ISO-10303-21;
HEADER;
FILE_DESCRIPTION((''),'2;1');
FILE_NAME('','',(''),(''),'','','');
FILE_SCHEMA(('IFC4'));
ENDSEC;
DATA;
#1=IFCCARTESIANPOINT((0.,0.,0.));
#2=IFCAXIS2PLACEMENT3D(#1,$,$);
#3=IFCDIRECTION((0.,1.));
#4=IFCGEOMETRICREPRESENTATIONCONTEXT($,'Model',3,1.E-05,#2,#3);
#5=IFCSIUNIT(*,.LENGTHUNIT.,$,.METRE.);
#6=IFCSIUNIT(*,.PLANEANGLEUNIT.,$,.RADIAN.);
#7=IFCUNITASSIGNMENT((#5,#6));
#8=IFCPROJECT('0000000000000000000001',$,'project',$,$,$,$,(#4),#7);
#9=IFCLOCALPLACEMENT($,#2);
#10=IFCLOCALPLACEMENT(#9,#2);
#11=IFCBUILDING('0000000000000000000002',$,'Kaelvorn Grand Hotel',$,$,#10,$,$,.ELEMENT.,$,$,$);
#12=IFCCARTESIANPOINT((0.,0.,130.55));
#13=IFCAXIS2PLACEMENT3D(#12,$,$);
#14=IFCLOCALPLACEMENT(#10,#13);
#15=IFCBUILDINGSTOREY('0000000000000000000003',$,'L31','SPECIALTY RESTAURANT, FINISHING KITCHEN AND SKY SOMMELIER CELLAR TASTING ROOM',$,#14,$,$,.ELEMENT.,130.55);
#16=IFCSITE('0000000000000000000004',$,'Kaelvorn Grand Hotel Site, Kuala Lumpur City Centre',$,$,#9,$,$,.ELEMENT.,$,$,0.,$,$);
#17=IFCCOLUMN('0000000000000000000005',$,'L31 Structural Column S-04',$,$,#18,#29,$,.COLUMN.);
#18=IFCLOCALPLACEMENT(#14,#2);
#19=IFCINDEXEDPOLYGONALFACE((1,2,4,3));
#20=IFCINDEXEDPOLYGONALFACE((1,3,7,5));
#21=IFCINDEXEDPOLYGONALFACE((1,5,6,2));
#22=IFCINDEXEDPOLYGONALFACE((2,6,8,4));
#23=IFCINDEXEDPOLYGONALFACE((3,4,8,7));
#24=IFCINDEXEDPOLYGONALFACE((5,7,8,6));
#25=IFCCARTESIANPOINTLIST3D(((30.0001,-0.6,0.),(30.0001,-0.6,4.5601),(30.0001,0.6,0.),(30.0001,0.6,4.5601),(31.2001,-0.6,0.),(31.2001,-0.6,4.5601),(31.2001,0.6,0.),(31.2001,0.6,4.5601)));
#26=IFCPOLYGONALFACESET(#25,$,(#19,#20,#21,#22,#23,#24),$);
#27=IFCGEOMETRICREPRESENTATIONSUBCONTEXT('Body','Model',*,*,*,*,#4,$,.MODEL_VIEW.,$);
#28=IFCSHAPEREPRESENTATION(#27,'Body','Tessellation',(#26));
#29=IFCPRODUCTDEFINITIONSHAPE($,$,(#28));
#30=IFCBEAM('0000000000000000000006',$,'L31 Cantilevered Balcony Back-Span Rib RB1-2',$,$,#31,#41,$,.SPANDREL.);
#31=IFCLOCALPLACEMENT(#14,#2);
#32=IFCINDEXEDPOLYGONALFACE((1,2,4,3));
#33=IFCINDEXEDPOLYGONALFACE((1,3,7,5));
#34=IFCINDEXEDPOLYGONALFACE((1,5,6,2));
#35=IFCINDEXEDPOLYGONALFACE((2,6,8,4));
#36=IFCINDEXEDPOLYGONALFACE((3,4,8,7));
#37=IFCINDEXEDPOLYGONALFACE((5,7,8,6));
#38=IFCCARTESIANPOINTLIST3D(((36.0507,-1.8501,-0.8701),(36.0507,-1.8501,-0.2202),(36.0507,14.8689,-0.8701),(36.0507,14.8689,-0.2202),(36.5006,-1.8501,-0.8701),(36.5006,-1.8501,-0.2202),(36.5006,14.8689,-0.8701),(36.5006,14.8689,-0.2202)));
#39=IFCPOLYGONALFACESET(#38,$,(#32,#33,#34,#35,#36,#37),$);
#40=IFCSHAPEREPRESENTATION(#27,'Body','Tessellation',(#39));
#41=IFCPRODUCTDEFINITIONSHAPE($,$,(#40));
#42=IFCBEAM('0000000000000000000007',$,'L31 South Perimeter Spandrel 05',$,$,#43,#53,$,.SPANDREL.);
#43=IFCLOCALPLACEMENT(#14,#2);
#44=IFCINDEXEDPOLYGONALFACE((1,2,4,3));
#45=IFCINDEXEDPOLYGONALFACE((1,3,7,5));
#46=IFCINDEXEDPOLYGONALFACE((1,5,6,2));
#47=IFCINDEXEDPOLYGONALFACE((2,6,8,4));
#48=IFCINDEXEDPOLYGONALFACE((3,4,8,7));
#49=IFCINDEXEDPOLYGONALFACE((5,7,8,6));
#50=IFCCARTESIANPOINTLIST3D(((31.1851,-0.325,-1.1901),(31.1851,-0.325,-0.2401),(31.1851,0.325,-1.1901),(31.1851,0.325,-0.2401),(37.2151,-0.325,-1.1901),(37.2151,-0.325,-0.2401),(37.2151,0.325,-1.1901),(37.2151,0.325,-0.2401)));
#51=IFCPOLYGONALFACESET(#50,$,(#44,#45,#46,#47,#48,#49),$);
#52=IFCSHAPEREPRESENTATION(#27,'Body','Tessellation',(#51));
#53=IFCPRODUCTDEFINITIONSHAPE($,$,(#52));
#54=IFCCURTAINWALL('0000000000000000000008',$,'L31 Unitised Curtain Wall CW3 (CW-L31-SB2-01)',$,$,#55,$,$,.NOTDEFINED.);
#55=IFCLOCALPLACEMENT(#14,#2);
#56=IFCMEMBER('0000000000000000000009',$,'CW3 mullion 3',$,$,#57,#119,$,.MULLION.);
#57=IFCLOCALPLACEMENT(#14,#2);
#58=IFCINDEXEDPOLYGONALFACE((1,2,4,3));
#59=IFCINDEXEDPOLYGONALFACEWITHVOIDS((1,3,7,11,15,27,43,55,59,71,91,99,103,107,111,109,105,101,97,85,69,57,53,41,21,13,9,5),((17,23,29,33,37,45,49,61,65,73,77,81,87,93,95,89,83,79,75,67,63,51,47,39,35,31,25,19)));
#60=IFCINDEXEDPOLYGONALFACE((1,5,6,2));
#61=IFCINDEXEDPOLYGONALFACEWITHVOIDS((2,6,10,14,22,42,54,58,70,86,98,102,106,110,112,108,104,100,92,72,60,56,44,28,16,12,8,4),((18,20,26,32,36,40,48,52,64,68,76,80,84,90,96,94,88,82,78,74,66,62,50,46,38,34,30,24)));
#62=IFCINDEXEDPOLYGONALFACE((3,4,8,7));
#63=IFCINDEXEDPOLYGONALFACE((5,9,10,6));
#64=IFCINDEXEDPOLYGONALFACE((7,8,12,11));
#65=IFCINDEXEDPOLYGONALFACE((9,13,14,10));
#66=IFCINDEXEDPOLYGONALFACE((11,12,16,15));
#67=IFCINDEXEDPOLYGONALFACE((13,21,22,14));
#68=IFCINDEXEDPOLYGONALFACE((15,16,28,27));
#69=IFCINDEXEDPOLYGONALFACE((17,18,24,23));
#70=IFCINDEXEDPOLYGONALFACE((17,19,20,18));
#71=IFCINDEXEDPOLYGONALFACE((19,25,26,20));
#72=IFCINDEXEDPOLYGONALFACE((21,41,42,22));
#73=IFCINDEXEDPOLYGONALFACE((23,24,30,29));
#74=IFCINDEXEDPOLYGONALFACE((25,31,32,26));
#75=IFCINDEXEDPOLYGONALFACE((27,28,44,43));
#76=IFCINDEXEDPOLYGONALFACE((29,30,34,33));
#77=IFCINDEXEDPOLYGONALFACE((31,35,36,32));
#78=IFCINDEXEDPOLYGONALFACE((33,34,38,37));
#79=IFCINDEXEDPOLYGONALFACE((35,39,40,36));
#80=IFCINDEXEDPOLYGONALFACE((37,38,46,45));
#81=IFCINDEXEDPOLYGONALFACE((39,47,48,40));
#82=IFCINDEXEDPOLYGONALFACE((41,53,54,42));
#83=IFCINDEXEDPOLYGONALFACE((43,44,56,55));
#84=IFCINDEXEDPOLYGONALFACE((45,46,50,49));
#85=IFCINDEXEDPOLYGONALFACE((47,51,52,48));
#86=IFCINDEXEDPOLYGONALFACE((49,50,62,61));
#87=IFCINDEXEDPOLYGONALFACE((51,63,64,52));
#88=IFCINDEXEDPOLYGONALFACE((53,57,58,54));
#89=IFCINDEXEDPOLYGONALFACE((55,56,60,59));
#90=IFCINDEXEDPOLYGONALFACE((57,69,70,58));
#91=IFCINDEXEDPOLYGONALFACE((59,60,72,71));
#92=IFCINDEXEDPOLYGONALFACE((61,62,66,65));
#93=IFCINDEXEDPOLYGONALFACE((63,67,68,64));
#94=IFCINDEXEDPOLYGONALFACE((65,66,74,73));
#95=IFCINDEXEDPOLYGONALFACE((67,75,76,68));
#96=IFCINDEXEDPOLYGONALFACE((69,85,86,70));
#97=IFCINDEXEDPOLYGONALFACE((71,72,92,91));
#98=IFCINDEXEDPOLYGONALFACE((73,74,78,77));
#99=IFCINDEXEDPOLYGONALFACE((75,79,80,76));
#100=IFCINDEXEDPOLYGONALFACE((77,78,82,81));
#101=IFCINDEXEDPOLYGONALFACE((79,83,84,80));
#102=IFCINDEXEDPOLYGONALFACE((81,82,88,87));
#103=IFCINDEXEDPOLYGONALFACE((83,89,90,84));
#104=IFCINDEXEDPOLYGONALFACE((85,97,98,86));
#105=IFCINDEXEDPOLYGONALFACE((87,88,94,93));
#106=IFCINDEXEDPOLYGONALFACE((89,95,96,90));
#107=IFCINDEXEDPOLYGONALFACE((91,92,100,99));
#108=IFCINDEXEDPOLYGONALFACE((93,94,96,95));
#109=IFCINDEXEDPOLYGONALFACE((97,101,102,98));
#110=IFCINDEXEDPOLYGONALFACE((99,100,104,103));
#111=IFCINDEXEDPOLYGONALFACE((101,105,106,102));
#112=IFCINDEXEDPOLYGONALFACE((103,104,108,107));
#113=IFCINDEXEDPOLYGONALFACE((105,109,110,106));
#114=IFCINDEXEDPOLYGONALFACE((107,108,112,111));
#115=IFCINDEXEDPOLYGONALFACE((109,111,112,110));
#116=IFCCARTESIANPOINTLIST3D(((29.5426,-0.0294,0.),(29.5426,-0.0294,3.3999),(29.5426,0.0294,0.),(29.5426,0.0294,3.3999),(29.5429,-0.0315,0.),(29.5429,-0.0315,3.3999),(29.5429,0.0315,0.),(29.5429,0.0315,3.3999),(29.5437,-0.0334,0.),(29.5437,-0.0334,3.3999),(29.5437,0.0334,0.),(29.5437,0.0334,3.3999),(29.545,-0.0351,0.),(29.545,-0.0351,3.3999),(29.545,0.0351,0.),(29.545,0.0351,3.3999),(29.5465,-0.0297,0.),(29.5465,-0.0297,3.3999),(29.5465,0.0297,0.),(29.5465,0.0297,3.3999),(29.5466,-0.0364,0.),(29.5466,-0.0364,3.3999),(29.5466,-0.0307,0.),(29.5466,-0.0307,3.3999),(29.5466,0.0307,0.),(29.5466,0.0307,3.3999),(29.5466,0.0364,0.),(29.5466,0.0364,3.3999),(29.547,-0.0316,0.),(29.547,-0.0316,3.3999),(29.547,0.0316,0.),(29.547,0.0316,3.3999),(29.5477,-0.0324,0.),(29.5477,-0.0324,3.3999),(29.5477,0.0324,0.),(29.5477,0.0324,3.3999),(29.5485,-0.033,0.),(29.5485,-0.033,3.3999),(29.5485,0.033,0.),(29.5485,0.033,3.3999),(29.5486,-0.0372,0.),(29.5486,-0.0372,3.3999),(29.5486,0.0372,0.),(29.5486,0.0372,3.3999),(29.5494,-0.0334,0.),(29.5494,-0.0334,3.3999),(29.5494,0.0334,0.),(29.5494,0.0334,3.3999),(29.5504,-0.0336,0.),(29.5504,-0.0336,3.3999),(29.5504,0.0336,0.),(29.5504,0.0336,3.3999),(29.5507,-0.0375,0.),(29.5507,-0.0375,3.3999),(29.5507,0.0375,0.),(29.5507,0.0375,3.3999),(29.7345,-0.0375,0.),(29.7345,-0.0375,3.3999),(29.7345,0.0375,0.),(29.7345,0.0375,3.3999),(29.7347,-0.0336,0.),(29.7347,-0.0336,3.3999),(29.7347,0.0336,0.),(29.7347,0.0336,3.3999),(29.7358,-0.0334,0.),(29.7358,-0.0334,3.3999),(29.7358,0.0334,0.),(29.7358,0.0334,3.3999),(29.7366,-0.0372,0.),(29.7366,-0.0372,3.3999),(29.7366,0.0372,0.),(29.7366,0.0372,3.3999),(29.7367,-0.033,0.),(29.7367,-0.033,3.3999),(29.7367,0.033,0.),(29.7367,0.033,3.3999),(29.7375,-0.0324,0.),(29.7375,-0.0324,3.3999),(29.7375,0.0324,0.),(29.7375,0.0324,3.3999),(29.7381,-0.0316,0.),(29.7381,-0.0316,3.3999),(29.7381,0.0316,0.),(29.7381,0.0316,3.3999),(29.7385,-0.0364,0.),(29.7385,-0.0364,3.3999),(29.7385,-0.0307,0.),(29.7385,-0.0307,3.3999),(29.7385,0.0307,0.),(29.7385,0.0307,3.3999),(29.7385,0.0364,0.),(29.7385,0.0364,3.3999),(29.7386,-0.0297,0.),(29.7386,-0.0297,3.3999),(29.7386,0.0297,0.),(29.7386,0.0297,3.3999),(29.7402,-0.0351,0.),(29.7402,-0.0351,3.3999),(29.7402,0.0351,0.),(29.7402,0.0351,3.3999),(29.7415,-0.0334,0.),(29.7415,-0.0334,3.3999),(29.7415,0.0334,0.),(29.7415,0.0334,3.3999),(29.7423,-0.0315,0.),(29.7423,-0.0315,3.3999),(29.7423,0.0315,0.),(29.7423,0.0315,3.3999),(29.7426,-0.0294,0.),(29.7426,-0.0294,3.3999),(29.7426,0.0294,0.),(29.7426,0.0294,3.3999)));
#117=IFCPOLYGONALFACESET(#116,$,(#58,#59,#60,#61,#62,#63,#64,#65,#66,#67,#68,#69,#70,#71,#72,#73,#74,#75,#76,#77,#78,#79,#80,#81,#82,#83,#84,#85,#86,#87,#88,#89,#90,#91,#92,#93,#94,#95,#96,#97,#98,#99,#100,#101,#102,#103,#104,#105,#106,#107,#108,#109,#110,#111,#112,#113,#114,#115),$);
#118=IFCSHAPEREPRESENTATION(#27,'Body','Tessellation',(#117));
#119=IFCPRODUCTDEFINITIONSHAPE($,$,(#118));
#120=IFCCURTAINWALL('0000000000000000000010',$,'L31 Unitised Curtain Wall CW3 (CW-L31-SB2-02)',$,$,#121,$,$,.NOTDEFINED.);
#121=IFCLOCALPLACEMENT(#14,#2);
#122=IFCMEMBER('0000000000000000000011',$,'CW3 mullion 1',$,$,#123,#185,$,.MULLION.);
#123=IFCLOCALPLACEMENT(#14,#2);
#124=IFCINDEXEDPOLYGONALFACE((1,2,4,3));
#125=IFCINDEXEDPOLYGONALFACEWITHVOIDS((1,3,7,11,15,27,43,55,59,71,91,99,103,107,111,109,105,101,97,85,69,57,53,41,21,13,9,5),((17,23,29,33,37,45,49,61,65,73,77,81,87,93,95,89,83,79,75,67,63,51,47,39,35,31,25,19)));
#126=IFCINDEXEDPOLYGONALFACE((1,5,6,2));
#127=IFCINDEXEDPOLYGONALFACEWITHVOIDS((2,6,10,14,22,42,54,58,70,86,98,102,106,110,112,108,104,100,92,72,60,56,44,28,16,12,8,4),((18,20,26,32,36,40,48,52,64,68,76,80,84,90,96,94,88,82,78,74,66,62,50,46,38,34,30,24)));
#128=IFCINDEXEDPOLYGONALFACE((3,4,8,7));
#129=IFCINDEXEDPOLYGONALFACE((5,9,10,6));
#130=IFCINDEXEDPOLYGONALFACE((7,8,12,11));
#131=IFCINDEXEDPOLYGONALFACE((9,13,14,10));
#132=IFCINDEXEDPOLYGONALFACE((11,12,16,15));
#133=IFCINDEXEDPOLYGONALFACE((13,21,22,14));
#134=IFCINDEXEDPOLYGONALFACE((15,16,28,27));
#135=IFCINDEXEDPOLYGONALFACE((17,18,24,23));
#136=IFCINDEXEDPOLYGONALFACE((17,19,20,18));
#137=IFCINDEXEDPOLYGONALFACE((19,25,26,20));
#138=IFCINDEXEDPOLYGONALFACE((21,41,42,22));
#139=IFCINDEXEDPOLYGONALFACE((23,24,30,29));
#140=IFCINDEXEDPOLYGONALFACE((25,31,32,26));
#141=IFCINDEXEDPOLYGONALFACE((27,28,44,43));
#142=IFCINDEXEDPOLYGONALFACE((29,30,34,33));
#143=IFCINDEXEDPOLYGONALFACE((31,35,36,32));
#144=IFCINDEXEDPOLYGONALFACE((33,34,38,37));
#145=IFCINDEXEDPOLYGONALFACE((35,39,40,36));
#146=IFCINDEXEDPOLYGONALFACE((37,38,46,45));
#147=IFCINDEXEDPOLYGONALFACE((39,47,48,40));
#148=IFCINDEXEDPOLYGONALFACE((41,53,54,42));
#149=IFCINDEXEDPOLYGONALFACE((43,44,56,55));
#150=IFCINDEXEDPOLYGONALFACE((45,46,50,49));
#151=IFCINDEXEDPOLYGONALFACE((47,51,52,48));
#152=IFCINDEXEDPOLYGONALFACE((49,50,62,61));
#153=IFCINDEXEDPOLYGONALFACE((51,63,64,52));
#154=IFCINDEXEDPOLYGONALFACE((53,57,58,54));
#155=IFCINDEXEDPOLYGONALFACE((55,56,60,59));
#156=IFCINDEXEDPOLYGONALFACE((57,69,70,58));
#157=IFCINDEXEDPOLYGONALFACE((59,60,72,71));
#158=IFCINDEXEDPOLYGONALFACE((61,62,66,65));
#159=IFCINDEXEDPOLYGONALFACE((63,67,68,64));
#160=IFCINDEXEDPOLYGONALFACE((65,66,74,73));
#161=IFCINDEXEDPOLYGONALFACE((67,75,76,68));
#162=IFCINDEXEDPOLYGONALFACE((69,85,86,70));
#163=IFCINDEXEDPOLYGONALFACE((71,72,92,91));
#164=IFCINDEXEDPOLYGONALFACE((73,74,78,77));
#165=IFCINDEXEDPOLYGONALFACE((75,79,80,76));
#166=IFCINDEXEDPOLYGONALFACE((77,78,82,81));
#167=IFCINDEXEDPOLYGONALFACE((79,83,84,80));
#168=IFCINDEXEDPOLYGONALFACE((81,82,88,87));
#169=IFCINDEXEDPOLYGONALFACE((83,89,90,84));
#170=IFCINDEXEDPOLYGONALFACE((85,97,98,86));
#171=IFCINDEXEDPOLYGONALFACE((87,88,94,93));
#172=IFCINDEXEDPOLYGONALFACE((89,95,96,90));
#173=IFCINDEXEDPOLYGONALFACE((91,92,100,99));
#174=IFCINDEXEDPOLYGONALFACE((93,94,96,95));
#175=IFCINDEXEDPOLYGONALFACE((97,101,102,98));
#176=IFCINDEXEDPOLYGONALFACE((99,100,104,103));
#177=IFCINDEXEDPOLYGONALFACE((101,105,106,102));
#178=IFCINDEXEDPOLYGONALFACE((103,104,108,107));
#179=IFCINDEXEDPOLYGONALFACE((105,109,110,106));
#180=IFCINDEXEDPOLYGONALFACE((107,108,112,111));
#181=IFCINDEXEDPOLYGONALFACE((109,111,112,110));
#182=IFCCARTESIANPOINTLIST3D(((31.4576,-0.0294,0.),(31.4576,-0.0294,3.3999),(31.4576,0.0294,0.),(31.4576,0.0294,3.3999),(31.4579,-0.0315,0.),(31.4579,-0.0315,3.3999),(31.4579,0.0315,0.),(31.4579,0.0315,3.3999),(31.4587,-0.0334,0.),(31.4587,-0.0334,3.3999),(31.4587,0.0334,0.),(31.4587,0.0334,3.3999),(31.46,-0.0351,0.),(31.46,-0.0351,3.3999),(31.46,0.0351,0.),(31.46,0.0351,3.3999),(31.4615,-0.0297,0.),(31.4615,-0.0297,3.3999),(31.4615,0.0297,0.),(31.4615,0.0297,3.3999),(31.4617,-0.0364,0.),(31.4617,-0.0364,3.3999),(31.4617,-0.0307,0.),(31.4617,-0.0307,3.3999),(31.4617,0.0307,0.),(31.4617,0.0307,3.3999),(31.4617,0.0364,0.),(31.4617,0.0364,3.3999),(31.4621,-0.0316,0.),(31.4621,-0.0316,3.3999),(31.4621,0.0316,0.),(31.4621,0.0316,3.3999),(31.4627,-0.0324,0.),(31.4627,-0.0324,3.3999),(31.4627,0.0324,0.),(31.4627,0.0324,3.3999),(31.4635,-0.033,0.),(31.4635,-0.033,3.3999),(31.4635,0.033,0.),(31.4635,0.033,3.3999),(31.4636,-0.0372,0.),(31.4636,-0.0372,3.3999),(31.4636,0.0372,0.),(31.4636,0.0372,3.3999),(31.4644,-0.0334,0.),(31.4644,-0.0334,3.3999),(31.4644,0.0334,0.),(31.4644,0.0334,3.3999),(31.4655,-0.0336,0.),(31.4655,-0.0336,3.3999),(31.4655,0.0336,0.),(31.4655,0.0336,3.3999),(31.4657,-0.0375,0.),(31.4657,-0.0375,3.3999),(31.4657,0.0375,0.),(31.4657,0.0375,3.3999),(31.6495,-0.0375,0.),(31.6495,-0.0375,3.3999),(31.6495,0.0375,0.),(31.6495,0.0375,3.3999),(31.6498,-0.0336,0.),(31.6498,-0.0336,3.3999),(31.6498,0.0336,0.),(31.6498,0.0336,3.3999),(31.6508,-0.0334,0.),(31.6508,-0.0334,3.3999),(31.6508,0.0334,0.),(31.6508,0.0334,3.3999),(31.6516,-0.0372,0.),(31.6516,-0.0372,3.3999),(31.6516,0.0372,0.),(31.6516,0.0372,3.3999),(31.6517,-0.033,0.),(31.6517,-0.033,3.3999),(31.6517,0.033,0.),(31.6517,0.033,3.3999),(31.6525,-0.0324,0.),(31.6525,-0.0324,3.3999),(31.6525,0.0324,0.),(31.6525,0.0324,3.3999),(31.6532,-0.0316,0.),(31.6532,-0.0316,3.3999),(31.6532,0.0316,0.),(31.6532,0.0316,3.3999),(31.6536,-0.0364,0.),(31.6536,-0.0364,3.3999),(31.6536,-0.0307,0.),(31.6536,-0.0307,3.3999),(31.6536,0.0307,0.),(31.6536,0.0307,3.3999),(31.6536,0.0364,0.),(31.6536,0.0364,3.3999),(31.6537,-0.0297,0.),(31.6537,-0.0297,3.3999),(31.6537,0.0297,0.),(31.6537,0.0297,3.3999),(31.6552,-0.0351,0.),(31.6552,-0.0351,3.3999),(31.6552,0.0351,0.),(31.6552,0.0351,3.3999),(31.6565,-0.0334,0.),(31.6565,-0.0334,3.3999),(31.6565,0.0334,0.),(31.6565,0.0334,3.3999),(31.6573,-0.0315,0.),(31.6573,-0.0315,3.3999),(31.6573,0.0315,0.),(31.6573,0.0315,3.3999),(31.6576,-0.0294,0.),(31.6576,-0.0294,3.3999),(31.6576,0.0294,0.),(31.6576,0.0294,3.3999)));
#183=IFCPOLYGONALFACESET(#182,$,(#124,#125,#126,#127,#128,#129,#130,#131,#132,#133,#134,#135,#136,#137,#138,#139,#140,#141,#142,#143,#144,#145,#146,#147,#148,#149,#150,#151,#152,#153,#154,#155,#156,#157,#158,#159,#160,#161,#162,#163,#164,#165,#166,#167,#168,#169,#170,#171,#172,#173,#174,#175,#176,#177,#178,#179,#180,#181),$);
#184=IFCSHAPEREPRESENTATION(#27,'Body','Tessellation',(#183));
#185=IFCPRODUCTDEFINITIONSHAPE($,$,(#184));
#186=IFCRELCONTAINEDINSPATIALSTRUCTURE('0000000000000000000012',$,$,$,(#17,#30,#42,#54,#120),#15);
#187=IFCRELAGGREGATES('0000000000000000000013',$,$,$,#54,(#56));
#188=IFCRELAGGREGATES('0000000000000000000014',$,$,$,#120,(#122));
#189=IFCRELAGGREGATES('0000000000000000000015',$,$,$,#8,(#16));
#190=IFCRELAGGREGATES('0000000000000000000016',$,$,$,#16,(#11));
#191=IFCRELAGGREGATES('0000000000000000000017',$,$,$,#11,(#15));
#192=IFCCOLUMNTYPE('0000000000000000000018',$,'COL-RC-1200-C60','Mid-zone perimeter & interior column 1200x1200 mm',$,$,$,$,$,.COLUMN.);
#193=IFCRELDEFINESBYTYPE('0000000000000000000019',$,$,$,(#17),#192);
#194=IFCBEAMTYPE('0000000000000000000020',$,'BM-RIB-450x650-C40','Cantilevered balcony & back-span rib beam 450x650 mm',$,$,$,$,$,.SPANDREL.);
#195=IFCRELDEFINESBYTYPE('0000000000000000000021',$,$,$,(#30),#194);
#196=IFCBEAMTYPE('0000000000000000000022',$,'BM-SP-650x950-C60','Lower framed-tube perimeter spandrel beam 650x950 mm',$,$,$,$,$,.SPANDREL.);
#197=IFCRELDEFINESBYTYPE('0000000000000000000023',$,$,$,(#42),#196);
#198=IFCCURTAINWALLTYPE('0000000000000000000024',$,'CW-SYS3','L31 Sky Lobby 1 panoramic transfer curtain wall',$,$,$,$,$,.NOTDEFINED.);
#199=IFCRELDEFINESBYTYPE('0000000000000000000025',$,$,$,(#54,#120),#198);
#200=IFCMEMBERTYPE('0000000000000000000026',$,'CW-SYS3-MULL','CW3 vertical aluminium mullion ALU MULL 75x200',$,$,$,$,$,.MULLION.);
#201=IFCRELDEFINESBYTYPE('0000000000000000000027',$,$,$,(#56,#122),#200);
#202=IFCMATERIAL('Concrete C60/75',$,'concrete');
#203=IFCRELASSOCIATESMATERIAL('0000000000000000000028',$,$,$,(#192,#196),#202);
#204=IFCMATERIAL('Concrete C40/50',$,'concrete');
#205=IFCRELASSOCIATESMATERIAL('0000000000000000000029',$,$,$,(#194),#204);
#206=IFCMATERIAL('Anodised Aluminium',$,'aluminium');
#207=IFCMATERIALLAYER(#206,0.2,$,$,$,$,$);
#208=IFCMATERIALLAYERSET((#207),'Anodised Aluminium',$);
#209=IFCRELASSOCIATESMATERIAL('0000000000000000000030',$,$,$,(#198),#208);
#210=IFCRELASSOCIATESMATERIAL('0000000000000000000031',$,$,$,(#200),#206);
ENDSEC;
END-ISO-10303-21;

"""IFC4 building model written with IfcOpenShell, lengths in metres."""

from ifc_helpers import new_model, si_unit, direction, frame, origin, origin_2d, place, context, subcontext, project, spatial, rectangle, hollow_rectangle, extrude, material, layer, layer_set, material_profile, profile_set, type_object, element, aggregate, save


model = new_model("IFC4")

# Units and contexts
model_context = context("Model", 3, precision=1e-05, world=origin(), true_north=direction((0.0, 1.0)))
body_context = subcontext(model_context, "Body", "Model", "MODEL_VIEW")
ifc_project = project(units=[si_unit("LENGTHUNIT", "METRE"), si_unit("PLANEANGLEUNIT", "RADIAN")], contexts=[model_context])

# Site, building, storey
site_placement = place(None, origin())
site = spatial("IfcSite", under=ifc_project, at=site_placement, Name="Kaelvorn Grand Hotel Site, Kuala Lumpur City Centre", CompositionType="ELEMENT", RefElevation=0.0)
building_placement = place(site_placement, origin())
building = spatial("IfcBuilding", under=site, at=building_placement, Name="Kaelvorn Grand Hotel", CompositionType="ELEMENT")
storey_placement = place(building_placement, frame((0.0, 0.0, 130.55)))
storey = spatial("IfcBuildingStorey", under=building, at=storey_placement, Name="L31", Description="SPECIALTY RESTAURANT, FINISHING KITCHEN AND SKY SOMMELIER CELLAR TASTING ROOM", CompositionType="ELEMENT", Elevation=130.55)

# Column
ifc_material_1 = material(Name="Concrete C60/75", Category="concrete")
ifc_material_profile_1 = material_profile(ifc_material_1, rectangle(XDim=1.2, YDim=1.2, at=origin_2d()), Name="RC COL 1200x1200")
ifc_profile_set_1 = profile_set([ifc_material_profile_1], Name="Concrete C60/75")
column_type = type_object("IfcColumnType", Name="COL-RC-1200-C60", Description="Mid-zone perimeter & interior column 1200x1200 mm", PredefinedType="COLUMN", material=ifc_profile_set_1)
column_placement = place(storey_placement, frame((30.6001, 0.0, 0.0), z_axis=(0.0, 0.0, 1.0), x_axis=(1.0, 0.0, 0.0)))
element("IfcColumn", 1, at=column_placement, inside=storey, type_object=column_type, Name="L31 Structural Column S-04", PredefinedType="COLUMN", context=body_context, shape_type="SweptSolid", body=[
    extrude(rectangle(XDim=1.2, YDim=1.2, at=origin_2d()), origin(), (0.0, 0.0, 1.0), 4.5601),
])

# Beams
ifc_material_2 = material(Name="Concrete C40/50", Category="concrete")
ifc_material_profile_2 = material_profile(ifc_material_2, rectangle(XDim=0.45, YDim=0.6499, at=origin_2d()), Name="RC RIB 450x650")
ifc_profile_set_2 = profile_set([ifc_material_profile_2], Name="Concrete C40/50")
beam_type_1 = type_object("IfcBeamType", Name="BM-RIB-450x650-C40", Description="Cantilevered balcony & back-span rib beam 450x650 mm", PredefinedType="SPANDREL", material=ifc_profile_set_2)
beam_1_placement = place(storey_placement, frame((36.2756, -1.8501, -0.5452), z_axis=(0.0, 1.0, 0.0), x_axis=(-1.0, 0.0, 0.0)))
element("IfcBeam", 2, at=beam_1_placement, inside=storey, type_object=beam_type_1, Name="L31 Cantilevered Balcony Back-Span Rib RB1-2", PredefinedType="SPANDREL", context=body_context, shape_type="SweptSolid", body=[
    extrude(rectangle(XDim=0.45, YDim=0.6499, at=origin_2d()), origin(), (0.0, 0.0, 1.0), 16.719),
])
ifc_material_profile_3 = material_profile(ifc_material_1, rectangle(XDim=0.6499, YDim=0.95, at=origin_2d()), Name="RC SPANDREL 650x950")
ifc_profile_set_3 = profile_set([ifc_material_profile_3], Name="Concrete C60/75")
beam_type_2 = type_object("IfcBeamType", Name="BM-SP-650x950-C60", Description="Lower framed-tube perimeter spandrel beam 650x950 mm", PredefinedType="SPANDREL", material=ifc_profile_set_3)
beam_2_placement = place(storey_placement, frame((31.1851, 0.0, -0.7151), z_axis=(1.0, 0.0, 0.0), x_axis=(0.0, 1.0, 0.0)))
element("IfcBeam", 3, at=beam_2_placement, inside=storey, type_object=beam_type_2, Name="L31 South Perimeter Spandrel 05", PredefinedType="SPANDREL", context=body_context, shape_type="SweptSolid", body=[
    extrude(rectangle(XDim=0.6499, YDim=0.95, at=origin_2d()), origin(), (0.0, 0.0, 1.0), 6.03),
])

# Curtain wall, member
ifc_material_3 = material(Name="Anodised Aluminium", Category="aluminium")
ifc_layer_1 = layer(ifc_material_3, 0.2)
ifc_layer_set_1 = layer_set([ifc_layer_1], Name="Anodised Aluminium")
curtain_wall_type = type_object("IfcCurtainWallType", Name="CW-SYS3", Description="L31 Sky Lobby 1 panoramic transfer curtain wall", PredefinedType="NOTDEFINED", material=ifc_layer_set_1)
curtain_wall_1_placement = place(storey_placement, origin())
curtain_wall_1 = element("IfcCurtainWall", 4, at=curtain_wall_1_placement, inside=storey, type_object=curtain_wall_type, Name="L31 Unitised Curtain Wall CW3 (CW-L31-SB2-01)", PredefinedType="NOTDEFINED")
ifc_material_profile_4 = material_profile(ifc_material_3, hollow_rectangle(XDim=0.075, YDim=0.2, WallThickness=0.0039, InnerFilletRadius=0.0039, OuterFilletRadius=0.0081, at=origin_2d()), Name="ALU MULL 75x200")
ifc_profile_set_4 = profile_set([ifc_material_profile_4], Name="Anodised Aluminium")
member_type_1 = type_object("IfcMemberType", Name="CW-SYS3-MULL", Description="CW3 vertical aluminium mullion ALU MULL 75x200", PredefinedType="MULLION", material=ifc_profile_set_4)
member_1_placement = place(storey_placement, frame((29.6426, 0.0, 0.0), z_axis=(0.0, 0.0, 1.0), x_axis=(0.0, 1.0, 0.0)))
member_1 = element("IfcMember", 5, at=member_1_placement, type_object=member_type_1, Name="CW3 mullion 3", PredefinedType="MULLION", context=body_context, shape_type="SweptSolid", body=[
    extrude(hollow_rectangle(XDim=0.075, YDim=0.2, WallThickness=0.0039, InnerFilletRadius=0.0039, OuterFilletRadius=0.0081, at=origin_2d()), origin(), (0.0, 0.0, 1.0), 3.3999),
])

# Curtain wall, member
curtain_wall_2_placement = place(storey_placement, origin())
curtain_wall_2 = element("IfcCurtainWall", 6, at=curtain_wall_2_placement, inside=storey, type_object=curtain_wall_type, Name="L31 Unitised Curtain Wall CW3 (CW-L31-SB2-02)", PredefinedType="NOTDEFINED")
member_2_placement = place(storey_placement, frame((31.5576, 0.0, 0.0), z_axis=(0.0, 0.0, 1.0), x_axis=(0.0, 1.0, 0.0)))
member_2 = element("IfcMember", 7, at=member_2_placement, type_object=member_type_1, Name="CW3 mullion 1", PredefinedType="MULLION", context=body_context, shape_type="SweptSolid", body=[
    extrude(hollow_rectangle(XDim=0.075, YDim=0.2, WallThickness=0.0039, InnerFilletRadius=0.0039, OuterFilletRadius=0.0081, at=origin_2d()), origin(), (0.0, 0.0, 1.0), 3.3999),
])

aggregate(curtain_wall_1, [member_1])
aggregate(curtain_wall_2, [member_2])

save(model, "model.ifc")
